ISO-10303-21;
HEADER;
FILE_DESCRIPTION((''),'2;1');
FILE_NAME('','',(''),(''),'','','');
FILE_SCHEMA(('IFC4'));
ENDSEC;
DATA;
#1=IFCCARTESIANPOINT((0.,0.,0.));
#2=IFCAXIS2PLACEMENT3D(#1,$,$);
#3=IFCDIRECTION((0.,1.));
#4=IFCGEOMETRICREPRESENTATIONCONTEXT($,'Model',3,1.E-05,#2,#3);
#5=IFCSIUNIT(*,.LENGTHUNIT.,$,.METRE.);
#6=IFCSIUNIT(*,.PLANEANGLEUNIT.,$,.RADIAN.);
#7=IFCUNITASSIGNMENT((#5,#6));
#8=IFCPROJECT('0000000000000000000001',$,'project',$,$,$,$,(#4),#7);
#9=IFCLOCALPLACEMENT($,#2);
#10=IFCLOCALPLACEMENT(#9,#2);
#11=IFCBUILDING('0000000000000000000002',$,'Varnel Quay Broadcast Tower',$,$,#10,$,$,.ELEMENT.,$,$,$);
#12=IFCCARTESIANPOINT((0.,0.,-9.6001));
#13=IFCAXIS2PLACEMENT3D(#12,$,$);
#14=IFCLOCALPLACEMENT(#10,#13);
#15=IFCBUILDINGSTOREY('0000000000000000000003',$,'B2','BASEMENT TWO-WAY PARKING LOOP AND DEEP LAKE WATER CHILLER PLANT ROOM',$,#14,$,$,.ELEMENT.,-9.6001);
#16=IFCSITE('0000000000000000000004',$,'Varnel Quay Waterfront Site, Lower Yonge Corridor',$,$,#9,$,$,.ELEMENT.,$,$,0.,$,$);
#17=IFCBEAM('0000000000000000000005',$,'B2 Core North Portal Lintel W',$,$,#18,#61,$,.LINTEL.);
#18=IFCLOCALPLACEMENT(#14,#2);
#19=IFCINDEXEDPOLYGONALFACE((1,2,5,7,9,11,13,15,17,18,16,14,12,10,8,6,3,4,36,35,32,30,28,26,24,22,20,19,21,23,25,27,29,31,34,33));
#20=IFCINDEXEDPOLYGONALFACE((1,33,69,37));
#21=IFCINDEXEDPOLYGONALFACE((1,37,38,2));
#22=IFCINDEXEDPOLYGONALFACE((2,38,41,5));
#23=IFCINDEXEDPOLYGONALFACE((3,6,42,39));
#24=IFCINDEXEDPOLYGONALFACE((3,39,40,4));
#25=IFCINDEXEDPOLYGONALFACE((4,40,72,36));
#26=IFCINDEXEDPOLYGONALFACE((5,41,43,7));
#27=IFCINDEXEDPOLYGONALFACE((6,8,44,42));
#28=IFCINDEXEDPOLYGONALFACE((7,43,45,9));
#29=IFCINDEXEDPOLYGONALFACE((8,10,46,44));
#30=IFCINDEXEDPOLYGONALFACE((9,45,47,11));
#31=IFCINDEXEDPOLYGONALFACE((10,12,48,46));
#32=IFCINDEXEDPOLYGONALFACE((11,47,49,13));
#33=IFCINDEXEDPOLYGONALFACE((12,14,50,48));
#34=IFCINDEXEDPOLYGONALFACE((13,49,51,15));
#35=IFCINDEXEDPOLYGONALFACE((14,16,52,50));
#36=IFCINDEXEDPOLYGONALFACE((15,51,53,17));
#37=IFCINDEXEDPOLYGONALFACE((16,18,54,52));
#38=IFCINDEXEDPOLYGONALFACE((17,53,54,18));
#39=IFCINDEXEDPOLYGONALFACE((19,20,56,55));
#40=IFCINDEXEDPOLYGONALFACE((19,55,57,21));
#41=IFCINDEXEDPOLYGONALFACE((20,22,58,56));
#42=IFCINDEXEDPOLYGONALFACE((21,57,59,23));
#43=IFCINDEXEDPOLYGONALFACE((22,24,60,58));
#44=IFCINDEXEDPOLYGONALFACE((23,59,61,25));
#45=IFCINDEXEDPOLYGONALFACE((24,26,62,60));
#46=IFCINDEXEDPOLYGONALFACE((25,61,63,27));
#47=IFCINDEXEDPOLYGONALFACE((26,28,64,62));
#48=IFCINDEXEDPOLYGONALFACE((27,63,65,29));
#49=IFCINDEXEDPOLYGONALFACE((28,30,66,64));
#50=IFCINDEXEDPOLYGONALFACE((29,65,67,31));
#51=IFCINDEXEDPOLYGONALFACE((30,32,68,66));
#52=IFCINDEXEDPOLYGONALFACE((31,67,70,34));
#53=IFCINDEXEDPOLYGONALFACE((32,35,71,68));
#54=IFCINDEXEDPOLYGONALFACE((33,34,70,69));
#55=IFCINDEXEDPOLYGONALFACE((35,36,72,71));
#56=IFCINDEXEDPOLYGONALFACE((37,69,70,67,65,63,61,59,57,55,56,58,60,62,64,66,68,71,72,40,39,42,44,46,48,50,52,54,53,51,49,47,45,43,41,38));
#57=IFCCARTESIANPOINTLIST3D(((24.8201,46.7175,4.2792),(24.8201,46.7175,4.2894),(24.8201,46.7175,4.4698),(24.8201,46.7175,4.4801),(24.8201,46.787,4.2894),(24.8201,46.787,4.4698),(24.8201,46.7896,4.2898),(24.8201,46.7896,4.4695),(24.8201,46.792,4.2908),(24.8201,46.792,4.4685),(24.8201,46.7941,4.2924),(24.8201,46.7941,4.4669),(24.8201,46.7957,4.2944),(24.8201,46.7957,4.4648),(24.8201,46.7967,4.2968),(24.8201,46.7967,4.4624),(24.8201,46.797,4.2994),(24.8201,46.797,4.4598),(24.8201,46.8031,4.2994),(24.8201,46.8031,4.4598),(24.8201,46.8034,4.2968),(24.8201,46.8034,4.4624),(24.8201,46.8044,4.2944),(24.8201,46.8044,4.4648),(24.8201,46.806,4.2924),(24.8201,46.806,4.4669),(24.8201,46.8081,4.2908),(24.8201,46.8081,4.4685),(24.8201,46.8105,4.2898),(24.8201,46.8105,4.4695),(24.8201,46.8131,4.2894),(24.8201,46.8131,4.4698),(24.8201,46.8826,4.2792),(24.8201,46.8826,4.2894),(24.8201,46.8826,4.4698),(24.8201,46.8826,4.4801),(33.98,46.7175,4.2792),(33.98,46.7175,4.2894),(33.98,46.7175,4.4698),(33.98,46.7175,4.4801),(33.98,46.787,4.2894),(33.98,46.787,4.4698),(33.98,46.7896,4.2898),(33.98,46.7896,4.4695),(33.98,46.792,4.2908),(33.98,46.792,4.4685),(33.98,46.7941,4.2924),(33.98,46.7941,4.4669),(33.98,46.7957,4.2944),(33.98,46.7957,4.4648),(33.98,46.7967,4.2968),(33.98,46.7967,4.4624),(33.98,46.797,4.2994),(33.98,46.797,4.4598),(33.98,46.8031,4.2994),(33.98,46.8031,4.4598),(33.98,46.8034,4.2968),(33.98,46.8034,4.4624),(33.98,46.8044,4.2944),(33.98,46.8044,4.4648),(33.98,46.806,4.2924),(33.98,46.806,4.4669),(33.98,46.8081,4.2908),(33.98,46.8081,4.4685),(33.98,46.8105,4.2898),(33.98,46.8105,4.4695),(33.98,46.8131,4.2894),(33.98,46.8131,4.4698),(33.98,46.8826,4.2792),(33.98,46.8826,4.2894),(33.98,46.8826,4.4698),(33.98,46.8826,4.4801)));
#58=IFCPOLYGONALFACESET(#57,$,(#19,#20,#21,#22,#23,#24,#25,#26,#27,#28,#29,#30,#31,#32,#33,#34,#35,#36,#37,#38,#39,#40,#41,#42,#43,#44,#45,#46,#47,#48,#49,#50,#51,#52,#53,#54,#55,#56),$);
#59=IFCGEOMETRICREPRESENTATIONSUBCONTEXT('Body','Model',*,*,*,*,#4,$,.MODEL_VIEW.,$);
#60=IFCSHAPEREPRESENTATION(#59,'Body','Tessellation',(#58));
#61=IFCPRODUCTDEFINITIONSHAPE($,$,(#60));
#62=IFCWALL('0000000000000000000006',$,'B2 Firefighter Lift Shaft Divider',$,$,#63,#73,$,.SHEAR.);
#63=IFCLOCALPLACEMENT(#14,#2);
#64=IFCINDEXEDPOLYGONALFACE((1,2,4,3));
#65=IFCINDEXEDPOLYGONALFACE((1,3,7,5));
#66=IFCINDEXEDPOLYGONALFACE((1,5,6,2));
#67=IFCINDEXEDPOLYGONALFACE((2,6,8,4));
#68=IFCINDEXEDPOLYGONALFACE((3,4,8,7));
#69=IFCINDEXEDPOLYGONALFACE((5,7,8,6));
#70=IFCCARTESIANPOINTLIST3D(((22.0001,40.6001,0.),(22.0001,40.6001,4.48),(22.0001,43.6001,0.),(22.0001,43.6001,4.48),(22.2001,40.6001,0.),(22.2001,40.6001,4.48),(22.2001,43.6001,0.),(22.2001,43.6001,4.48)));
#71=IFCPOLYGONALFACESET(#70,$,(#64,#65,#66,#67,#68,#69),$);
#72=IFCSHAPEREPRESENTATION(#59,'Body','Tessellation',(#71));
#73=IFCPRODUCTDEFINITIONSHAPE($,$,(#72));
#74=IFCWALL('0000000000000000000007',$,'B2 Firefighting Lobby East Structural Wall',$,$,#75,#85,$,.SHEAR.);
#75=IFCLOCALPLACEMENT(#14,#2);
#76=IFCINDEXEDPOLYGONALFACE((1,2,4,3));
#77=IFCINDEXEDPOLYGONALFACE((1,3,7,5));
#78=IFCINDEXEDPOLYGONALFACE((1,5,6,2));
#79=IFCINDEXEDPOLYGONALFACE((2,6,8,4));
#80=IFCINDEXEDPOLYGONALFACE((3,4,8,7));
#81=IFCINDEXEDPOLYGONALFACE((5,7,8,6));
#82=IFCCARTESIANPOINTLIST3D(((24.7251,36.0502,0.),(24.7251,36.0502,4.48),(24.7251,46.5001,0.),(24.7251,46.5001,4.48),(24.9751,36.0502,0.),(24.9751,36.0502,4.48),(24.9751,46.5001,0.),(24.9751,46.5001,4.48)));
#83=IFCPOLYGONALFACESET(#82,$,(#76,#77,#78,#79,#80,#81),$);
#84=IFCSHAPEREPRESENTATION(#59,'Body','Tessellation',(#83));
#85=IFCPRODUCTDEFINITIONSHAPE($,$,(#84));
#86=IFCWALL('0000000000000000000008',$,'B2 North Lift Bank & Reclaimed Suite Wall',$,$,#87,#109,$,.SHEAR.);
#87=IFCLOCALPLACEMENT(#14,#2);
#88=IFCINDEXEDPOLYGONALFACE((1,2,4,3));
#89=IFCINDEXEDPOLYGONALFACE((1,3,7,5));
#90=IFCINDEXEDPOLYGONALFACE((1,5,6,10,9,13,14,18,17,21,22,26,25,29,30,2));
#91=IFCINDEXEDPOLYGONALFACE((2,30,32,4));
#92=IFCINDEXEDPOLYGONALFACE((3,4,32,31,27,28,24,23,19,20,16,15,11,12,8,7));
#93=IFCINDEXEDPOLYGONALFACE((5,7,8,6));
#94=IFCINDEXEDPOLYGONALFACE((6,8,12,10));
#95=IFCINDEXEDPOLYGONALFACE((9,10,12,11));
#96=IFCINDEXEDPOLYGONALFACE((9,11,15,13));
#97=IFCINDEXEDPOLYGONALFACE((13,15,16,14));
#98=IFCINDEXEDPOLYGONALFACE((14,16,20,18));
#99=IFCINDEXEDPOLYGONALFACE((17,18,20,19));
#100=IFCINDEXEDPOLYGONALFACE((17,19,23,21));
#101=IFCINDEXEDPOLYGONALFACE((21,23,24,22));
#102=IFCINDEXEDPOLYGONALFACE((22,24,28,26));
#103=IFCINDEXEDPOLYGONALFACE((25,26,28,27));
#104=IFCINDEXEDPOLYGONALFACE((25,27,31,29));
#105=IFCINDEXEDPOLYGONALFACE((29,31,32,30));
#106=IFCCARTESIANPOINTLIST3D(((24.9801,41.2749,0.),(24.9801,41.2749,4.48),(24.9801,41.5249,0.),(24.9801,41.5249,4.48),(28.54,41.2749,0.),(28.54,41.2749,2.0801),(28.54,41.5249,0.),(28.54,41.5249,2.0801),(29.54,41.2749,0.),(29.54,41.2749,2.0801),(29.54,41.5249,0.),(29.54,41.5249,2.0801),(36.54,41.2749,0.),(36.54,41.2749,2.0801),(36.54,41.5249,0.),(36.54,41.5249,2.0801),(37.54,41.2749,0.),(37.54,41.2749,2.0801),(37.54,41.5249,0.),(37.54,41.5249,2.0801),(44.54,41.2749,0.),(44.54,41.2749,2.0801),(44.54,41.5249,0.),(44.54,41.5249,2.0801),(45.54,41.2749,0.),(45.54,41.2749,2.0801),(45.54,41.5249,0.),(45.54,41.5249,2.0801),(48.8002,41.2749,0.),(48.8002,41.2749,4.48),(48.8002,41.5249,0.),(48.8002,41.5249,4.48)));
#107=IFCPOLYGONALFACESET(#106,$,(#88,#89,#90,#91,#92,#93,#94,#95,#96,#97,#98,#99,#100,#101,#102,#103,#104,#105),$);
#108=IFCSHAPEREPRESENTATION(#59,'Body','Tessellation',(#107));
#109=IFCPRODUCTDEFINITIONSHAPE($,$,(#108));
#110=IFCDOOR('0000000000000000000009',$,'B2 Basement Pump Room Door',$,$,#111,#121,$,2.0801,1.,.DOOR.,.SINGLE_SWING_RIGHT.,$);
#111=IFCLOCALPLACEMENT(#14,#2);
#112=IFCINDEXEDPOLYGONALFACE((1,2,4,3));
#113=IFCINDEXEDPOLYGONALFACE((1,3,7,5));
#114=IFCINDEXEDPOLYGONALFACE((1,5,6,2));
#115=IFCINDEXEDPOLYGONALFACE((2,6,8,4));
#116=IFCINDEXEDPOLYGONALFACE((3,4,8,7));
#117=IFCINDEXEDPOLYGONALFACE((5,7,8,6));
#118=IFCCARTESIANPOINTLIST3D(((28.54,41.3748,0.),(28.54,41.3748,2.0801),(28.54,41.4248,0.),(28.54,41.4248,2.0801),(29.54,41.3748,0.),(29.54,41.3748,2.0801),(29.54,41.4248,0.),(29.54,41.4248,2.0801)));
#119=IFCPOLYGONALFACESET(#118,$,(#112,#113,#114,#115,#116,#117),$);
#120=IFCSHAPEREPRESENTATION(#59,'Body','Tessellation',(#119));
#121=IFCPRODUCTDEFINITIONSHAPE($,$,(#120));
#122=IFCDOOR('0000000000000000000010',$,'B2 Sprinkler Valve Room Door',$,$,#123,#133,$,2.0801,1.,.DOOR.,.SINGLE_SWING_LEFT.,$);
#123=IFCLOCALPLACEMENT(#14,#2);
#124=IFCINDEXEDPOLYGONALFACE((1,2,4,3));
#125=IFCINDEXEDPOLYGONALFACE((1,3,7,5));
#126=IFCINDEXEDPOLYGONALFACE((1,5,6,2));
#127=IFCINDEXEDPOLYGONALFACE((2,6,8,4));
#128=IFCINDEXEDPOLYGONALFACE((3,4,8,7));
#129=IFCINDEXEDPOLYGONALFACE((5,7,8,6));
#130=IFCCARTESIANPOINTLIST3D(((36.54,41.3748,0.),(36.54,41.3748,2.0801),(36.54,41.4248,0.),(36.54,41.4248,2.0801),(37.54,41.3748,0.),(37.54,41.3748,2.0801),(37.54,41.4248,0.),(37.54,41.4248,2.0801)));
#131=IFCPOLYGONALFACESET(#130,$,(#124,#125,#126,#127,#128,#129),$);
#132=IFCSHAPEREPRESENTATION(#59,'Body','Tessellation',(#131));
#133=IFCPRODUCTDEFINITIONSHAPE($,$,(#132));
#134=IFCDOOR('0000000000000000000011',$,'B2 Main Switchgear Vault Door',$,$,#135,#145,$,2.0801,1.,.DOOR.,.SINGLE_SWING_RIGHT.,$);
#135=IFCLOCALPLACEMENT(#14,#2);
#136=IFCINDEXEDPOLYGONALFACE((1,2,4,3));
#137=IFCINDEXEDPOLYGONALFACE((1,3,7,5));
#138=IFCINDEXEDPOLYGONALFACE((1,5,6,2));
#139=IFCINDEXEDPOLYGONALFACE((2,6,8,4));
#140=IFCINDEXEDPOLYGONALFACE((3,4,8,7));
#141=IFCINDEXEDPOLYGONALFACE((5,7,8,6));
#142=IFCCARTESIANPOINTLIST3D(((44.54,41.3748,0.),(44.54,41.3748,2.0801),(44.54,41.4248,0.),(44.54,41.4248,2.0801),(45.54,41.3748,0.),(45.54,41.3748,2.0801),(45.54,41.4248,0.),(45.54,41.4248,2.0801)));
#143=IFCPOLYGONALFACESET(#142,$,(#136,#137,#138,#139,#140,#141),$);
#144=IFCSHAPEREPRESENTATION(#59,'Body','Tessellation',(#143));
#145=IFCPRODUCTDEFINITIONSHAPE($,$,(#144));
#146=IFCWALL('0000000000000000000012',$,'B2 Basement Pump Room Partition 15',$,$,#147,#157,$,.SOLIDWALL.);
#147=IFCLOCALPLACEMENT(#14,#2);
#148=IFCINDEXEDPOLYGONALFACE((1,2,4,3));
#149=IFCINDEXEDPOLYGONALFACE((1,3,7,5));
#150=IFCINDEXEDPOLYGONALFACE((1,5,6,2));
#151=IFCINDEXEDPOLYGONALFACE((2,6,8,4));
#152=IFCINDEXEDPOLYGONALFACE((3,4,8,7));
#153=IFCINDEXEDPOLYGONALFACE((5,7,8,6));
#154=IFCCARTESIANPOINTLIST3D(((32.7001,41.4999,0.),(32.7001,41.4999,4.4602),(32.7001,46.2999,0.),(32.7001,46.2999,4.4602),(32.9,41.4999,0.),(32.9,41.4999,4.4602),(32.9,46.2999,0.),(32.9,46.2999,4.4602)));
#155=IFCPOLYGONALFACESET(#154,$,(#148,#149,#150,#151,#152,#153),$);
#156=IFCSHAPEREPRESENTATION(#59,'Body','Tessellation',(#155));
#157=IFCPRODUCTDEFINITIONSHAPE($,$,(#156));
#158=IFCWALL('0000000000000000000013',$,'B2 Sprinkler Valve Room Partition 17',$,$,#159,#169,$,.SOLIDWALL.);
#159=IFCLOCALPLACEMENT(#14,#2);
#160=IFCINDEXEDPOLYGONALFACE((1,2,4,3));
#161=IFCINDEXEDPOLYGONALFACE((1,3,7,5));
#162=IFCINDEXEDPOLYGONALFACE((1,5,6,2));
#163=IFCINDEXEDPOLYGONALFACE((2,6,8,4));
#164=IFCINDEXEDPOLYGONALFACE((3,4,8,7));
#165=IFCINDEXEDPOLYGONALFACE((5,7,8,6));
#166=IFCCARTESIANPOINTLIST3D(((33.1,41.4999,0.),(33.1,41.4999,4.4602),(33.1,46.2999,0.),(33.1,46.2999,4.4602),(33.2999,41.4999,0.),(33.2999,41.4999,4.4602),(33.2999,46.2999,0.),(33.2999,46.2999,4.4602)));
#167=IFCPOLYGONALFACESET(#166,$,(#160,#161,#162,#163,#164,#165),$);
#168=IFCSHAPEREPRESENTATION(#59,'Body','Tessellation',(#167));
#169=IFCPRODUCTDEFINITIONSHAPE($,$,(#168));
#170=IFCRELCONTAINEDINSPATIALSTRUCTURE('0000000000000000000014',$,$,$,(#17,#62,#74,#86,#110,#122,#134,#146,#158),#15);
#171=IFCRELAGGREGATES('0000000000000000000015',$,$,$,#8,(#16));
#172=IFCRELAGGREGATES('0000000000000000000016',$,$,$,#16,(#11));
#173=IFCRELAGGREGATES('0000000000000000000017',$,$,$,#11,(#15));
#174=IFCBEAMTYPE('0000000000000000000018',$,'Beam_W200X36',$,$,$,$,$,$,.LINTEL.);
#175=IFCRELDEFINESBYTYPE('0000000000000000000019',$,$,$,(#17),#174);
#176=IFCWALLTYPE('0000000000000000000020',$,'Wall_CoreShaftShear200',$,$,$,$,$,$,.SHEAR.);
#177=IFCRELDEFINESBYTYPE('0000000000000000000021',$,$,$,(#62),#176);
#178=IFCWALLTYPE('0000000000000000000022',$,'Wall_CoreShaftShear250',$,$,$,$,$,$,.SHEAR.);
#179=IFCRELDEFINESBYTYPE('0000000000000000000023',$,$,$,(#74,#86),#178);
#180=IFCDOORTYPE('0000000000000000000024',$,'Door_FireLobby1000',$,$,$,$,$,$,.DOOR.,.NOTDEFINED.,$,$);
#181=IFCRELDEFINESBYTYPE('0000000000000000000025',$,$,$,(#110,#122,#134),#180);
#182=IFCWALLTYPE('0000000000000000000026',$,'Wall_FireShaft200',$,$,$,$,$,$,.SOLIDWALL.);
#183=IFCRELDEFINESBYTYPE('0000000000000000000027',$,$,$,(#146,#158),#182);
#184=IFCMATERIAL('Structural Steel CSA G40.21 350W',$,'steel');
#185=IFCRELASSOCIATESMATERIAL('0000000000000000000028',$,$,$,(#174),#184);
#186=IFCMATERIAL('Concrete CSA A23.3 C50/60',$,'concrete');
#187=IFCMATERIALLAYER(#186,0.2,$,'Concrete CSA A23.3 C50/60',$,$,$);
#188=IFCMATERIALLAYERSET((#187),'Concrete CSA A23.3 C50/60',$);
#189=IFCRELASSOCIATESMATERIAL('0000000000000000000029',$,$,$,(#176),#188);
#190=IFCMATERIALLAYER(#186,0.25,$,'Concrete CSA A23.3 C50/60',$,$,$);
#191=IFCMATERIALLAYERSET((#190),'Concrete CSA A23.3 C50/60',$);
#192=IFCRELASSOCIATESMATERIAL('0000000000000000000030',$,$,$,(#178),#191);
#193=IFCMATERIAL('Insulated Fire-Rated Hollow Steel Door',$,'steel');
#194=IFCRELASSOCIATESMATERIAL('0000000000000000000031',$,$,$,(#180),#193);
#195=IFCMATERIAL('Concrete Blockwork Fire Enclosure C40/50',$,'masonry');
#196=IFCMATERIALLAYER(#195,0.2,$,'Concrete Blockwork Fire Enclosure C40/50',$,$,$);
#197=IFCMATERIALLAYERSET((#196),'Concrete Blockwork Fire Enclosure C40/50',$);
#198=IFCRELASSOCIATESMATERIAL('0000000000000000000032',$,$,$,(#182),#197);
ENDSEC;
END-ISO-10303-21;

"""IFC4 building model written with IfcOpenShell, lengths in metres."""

from ifc_helpers import new_model, si_unit, direction, frame, frame_2d, origin, origin_2d, place, context, subcontext, project, spatial, rectangle, i_section, extrude, source, transform, mapped, material, layer, layer_set, material_profile, profile_set, type_object, type_shapes, element, fill, save


model = new_model("IFC4")

# Units and contexts
model_context = context("Model", 3, precision=1e-05, world=origin(), true_north=direction((0.0, 1.0)))
body_context = subcontext(model_context, "Body", "Model", "MODEL_VIEW")
ifc_project = project(units=[si_unit("LENGTHUNIT", "METRE"), si_unit("PLANEANGLEUNIT", "RADIAN")], contexts=[model_context])

# Site, building, storey
site_placement = place(None, origin())
site = spatial("IfcSite", under=ifc_project, at=site_placement, Name="Varnel Quay Waterfront Site, Lower Yonge Corridor", CompositionType="ELEMENT", RefElevation=0.0)
building_placement = place(site_placement, origin())
building = spatial("IfcBuilding", under=site, at=building_placement, Name="Varnel Quay Broadcast Tower", CompositionType="ELEMENT")
storey_placement = place(building_placement, frame((0.0, 0.0, -9.6001)))
storey = spatial("IfcBuildingStorey", under=building, at=storey_placement, Name="B2", Description="BASEMENT TWO-WAY PARKING LOOP AND DEEP LAKE WATER CHILLER PLANT ROOM", CompositionType="ELEMENT", Elevation=-9.6001)

# Shared definitions
ifc_material_1 = material(Name="Concrete CSA A23.3 C50/60", Category="concrete")

# Beam
ifc_material_2 = material(Name="Structural Steel CSA G40.21 350W", Category="steel")
ifc_material_profile_1 = material_profile(ifc_material_2, i_section(OverallWidth=0.165, OverallDepth=0.2009, WebThickness=0.0061, FlangeThickness=0.0103, FilletRadius=0.01, at=origin_2d()), Name="W200X36")
ifc_profile_set_1 = profile_set([ifc_material_profile_1], Name="Structural Steel CSA G40.21 350W")
beam_type_1 = type_object("IfcBeamType", Name="Beam_W200X36", PredefinedType="LINTEL", material=ifc_profile_set_1)
shared_shape_1 = source(origin(), body_context, "Body", "SweptSolid", [
    extrude(i_section(OverallWidth=0.165, OverallDepth=0.2009, WebThickness=0.0061, FlangeThickness=0.0103, FilletRadius=0.01, at=origin_2d()), origin(), (0.0, 0.0, 1.0), 9.1599),
])
type_shapes(beam_type_1, [shared_shape_1])
beam_1_placement = place(storey_placement, frame((24.8201, 46.8, 4.3796), z_axis=(1.0, 0.0, 0.0), x_axis=(0.0, 1.0, 0.0)))
element("IfcBeam", 1, at=beam_1_placement, inside=storey, type_object=beam_type_1, Name="B2 Core North Portal Lintel W", PredefinedType="LINTEL", context=body_context, shape_type="MappedRepresentation", body=[
    mapped(shared_shape_1, transform((0.0, 0.0, 0.0), x_axis=(1.0, 0.0, 0.0), y_axis=(0.0, 1.0, 0.0), z_axis=(0.0, 0.0, 1.0), scale=1.0)),
])

# Walls
ifc_layer_1 = layer(ifc_material_1, 0.2, Name="Concrete CSA A23.3 C50/60")
ifc_layer_set_1 = layer_set([ifc_layer_1], Name="Concrete CSA A23.3 C50/60")
wall_type_1 = type_object("IfcWallType", Name="Wall_CoreShaftShear200", PredefinedType="SHEAR", material=ifc_layer_set_1)
wall_1_placement = place(storey_placement, frame((22.1001, 40.6001, 0.0), z_axis=(0.0, 0.0, 1.0), x_axis=(0.0, 1.0, 0.0)))
element("IfcWall", 2, at=wall_1_placement, inside=storey, type_object=wall_type_1, Name="B2 Firefighter Lift Shaft Divider", PredefinedType="SHEAR", context=body_context, shape_type="SweptSolid", body=[
    extrude(rectangle(XDim=3.0, YDim=0.2, at=frame_2d((1.5, 0.0))), origin(), (0.0, 0.0, 1.0), 4.48),
])
ifc_layer_2 = layer(ifc_material_1, 0.25, Name="Concrete CSA A23.3 C50/60")
ifc_layer_set_2 = layer_set([ifc_layer_2], Name="Concrete CSA A23.3 C50/60")
wall_type_2 = type_object("IfcWallType", Name="Wall_CoreShaftShear250", PredefinedType="SHEAR", material=ifc_layer_set_2)
wall_2_placement = place(storey_placement, frame((24.8501, 36.05, 0.0), z_axis=(0.0, 0.0, 1.0), x_axis=(0.0, 1.0, 0.0)))
element("IfcWall", 3, at=wall_2_placement, inside=storey, type_object=wall_type_2, Name="B2 Firefighting Lobby East Structural Wall", PredefinedType="SHEAR", context=body_context, shape_type="SweptSolid", body=[
    extrude(rectangle(XDim=10.45, YDim=0.25, at=frame_2d((5.2251, 0.0))), origin(), (0.0, 0.0, 1.0), 4.48),
])

# Wall, openings, doors
wall_3_placement = place(storey_placement, frame((24.98, 41.3999, 0.0), z_axis=(0.0, 0.0, 1.0), x_axis=(1.0, 0.0, 0.0)))
wall_3 = element("IfcWall", 4, at=wall_3_placement, inside=storey, type_object=wall_type_2, Name="B2 North Lift Bank & Reclaimed Suite Wall", PredefinedType="SHEAR", context=body_context, shape_type="SweptSolid", body=[
    extrude(rectangle(XDim=23.8201, YDim=0.25, at=frame_2d((11.9102, 0.0))), origin(), (0.0, 0.0, 1.0), 4.48),
])
opening_1_placement = place(wall_3_placement, frame((3.5601, 0.0, 0.0)))
opening_1 = element("IfcOpeningElement", 5, at=opening_1_placement, cuts=wall_3, PredefinedType="OPENING", context=body_context, shape_type="SweptSolid", body=[
    extrude(rectangle(XDim=1.0, YDim=2.0801, at=frame_2d((0.5, 1.04))), frame((0.0, 0.135, 0.0), z_axis=(0.0, -1.0, 0.0), x_axis=(1.0, 0.0, 0.0)), (0.0, 0.0, 1.0), 0.27),
])
opening_2_placement = place(wall_3_placement, frame((11.5601, 0.0, 0.0)))
opening_2 = element("IfcOpeningElement", 6, at=opening_2_placement, cuts=wall_3, PredefinedType="OPENING", context=body_context, shape_type="SweptSolid", body=[
    extrude(rectangle(XDim=1.0, YDim=2.0801, at=frame_2d((0.5, 1.04))), frame((0.0, 0.135, 0.0), z_axis=(0.0, -1.0, 0.0), x_axis=(1.0, 0.0, 0.0)), (0.0, 0.0, 1.0), 0.27),
])
opening_3_placement = place(wall_3_placement, frame((19.5601, 0.0, 0.0)))
opening_3 = element("IfcOpeningElement", 7, at=opening_3_placement, cuts=wall_3, PredefinedType="OPENING", context=body_context, shape_type="SweptSolid", body=[
    extrude(rectangle(XDim=1.0, YDim=2.0801, at=frame_2d((0.5, 1.04))), frame((0.0, 0.135, 0.0), z_axis=(0.0, -1.0, 0.0), x_axis=(1.0, 0.0, 0.0)), (0.0, 0.0, 1.0), 0.27),
])
ifc_material_3 = material(Name="Insulated Fire-Rated Hollow Steel Door", Category="steel")
door_type_1 = type_object("IfcDoorType", Name="Door_FireLobby1000", OperationType="NOTDEFINED", PredefinedType="DOOR", material=ifc_material_3)
shared_shape_2 = source(origin(), body_context, "Body", "SweptSolid", [
    extrude(rectangle(XDim=1.0, YDim=2.0801, at=frame_2d((0.5, 1.04))), frame((0.0, 0.0249, 0.0), z_axis=(0.0, -1.0, 0.0), x_axis=(1.0, 0.0, 0.0)), (0.0, 0.0, 1.0), 0.05),
])
type_shapes(door_type_1, [shared_shape_2])
door_1_placement = place(opening_1_placement, origin())
door_1 = element("IfcDoor", 8, at=door_1_placement, inside=storey, type_object=door_type_1, Name="B2 Basement Pump Room Door", OperationType="SINGLE_SWING_RIGHT", OverallHeight=2.0801, OverallWidth=1.0, PredefinedType="DOOR", context=body_context, shape_type="MappedRepresentation", body=[
    mapped(shared_shape_2, transform((0.0, 0.0, 0.0), x_axis=(1.0, 0.0, 0.0), y_axis=(0.0, 1.0, 0.0), z_axis=(0.0, 0.0, 1.0), scale=1.0)),
])
fill(opening_1, door_1)
door_2_placement = place(opening_2_placement, origin())
door_2 = element("IfcDoor", 9, at=door_2_placement, inside=storey, type_object=door_type_1, Name="B2 Sprinkler Valve Room Door", OperationType="SINGLE_SWING_LEFT", OverallHeight=2.0801, OverallWidth=1.0, PredefinedType="DOOR", context=body_context, shape_type="MappedRepresentation", body=[
    mapped(shared_shape_2, transform((0.0, 0.0, 0.0), x_axis=(1.0, 0.0, 0.0), y_axis=(0.0, 1.0, 0.0), z_axis=(0.0, 0.0, 1.0), scale=1.0)),
])
fill(opening_2, door_2)
door_3_placement = place(opening_3_placement, origin())
door_3 = element("IfcDoor", 10, at=door_3_placement, inside=storey, type_object=door_type_1, Name="B2 Main Switchgear Vault Door", OperationType="SINGLE_SWING_RIGHT", OverallHeight=2.0801, OverallWidth=1.0, PredefinedType="DOOR", context=body_context, shape_type="MappedRepresentation", body=[
    mapped(shared_shape_2, transform((0.0, 0.0, 0.0), x_axis=(1.0, 0.0, 0.0), y_axis=(0.0, 1.0, 0.0), z_axis=(0.0, 0.0, 1.0), scale=1.0)),
])
fill(opening_3, door_3)

# Walls
ifc_material_4 = material(Name="Concrete Blockwork Fire Enclosure C40/50", Category="masonry")
ifc_layer_3 = layer(ifc_material_4, 0.2, Name="Concrete Blockwork Fire Enclosure C40/50")
ifc_layer_set_3 = layer_set([ifc_layer_3], Name="Concrete Blockwork Fire Enclosure C40/50")
wall_type_3 = type_object("IfcWallType", Name="Wall_FireShaft200", PredefinedType="SOLIDWALL", material=ifc_layer_set_3)
for number, where, z_axis, x_axis, name in (
    (11, (32.8, 41.5, 0.0), (0.0, 0.0, 1.0), (0.0, 1.0, 0.0), "B2 Basement Pump Room Partition 15"),
    (12, (33.2, 41.5, 0.0), (0.0, 0.0, 1.0), (0.0, 1.0, 0.0), "B2 Sprinkler Valve Room Partition 17"),
):
    element("IfcWall", number, at=place(storey_placement, frame(where, z_axis=z_axis, x_axis=x_axis)), inside=storey, type_object=wall_type_3, Name=name, PredefinedType="SOLIDWALL", context=body_context, shape_type="SweptSolid", body=[
        extrude(rectangle(XDim=4.8, YDim=0.2, at=frame_2d((2.3999, 0.0))), origin(), (0.0, 0.0, 1.0), 4.4602),
    ])

save(model, "model.ifc")
